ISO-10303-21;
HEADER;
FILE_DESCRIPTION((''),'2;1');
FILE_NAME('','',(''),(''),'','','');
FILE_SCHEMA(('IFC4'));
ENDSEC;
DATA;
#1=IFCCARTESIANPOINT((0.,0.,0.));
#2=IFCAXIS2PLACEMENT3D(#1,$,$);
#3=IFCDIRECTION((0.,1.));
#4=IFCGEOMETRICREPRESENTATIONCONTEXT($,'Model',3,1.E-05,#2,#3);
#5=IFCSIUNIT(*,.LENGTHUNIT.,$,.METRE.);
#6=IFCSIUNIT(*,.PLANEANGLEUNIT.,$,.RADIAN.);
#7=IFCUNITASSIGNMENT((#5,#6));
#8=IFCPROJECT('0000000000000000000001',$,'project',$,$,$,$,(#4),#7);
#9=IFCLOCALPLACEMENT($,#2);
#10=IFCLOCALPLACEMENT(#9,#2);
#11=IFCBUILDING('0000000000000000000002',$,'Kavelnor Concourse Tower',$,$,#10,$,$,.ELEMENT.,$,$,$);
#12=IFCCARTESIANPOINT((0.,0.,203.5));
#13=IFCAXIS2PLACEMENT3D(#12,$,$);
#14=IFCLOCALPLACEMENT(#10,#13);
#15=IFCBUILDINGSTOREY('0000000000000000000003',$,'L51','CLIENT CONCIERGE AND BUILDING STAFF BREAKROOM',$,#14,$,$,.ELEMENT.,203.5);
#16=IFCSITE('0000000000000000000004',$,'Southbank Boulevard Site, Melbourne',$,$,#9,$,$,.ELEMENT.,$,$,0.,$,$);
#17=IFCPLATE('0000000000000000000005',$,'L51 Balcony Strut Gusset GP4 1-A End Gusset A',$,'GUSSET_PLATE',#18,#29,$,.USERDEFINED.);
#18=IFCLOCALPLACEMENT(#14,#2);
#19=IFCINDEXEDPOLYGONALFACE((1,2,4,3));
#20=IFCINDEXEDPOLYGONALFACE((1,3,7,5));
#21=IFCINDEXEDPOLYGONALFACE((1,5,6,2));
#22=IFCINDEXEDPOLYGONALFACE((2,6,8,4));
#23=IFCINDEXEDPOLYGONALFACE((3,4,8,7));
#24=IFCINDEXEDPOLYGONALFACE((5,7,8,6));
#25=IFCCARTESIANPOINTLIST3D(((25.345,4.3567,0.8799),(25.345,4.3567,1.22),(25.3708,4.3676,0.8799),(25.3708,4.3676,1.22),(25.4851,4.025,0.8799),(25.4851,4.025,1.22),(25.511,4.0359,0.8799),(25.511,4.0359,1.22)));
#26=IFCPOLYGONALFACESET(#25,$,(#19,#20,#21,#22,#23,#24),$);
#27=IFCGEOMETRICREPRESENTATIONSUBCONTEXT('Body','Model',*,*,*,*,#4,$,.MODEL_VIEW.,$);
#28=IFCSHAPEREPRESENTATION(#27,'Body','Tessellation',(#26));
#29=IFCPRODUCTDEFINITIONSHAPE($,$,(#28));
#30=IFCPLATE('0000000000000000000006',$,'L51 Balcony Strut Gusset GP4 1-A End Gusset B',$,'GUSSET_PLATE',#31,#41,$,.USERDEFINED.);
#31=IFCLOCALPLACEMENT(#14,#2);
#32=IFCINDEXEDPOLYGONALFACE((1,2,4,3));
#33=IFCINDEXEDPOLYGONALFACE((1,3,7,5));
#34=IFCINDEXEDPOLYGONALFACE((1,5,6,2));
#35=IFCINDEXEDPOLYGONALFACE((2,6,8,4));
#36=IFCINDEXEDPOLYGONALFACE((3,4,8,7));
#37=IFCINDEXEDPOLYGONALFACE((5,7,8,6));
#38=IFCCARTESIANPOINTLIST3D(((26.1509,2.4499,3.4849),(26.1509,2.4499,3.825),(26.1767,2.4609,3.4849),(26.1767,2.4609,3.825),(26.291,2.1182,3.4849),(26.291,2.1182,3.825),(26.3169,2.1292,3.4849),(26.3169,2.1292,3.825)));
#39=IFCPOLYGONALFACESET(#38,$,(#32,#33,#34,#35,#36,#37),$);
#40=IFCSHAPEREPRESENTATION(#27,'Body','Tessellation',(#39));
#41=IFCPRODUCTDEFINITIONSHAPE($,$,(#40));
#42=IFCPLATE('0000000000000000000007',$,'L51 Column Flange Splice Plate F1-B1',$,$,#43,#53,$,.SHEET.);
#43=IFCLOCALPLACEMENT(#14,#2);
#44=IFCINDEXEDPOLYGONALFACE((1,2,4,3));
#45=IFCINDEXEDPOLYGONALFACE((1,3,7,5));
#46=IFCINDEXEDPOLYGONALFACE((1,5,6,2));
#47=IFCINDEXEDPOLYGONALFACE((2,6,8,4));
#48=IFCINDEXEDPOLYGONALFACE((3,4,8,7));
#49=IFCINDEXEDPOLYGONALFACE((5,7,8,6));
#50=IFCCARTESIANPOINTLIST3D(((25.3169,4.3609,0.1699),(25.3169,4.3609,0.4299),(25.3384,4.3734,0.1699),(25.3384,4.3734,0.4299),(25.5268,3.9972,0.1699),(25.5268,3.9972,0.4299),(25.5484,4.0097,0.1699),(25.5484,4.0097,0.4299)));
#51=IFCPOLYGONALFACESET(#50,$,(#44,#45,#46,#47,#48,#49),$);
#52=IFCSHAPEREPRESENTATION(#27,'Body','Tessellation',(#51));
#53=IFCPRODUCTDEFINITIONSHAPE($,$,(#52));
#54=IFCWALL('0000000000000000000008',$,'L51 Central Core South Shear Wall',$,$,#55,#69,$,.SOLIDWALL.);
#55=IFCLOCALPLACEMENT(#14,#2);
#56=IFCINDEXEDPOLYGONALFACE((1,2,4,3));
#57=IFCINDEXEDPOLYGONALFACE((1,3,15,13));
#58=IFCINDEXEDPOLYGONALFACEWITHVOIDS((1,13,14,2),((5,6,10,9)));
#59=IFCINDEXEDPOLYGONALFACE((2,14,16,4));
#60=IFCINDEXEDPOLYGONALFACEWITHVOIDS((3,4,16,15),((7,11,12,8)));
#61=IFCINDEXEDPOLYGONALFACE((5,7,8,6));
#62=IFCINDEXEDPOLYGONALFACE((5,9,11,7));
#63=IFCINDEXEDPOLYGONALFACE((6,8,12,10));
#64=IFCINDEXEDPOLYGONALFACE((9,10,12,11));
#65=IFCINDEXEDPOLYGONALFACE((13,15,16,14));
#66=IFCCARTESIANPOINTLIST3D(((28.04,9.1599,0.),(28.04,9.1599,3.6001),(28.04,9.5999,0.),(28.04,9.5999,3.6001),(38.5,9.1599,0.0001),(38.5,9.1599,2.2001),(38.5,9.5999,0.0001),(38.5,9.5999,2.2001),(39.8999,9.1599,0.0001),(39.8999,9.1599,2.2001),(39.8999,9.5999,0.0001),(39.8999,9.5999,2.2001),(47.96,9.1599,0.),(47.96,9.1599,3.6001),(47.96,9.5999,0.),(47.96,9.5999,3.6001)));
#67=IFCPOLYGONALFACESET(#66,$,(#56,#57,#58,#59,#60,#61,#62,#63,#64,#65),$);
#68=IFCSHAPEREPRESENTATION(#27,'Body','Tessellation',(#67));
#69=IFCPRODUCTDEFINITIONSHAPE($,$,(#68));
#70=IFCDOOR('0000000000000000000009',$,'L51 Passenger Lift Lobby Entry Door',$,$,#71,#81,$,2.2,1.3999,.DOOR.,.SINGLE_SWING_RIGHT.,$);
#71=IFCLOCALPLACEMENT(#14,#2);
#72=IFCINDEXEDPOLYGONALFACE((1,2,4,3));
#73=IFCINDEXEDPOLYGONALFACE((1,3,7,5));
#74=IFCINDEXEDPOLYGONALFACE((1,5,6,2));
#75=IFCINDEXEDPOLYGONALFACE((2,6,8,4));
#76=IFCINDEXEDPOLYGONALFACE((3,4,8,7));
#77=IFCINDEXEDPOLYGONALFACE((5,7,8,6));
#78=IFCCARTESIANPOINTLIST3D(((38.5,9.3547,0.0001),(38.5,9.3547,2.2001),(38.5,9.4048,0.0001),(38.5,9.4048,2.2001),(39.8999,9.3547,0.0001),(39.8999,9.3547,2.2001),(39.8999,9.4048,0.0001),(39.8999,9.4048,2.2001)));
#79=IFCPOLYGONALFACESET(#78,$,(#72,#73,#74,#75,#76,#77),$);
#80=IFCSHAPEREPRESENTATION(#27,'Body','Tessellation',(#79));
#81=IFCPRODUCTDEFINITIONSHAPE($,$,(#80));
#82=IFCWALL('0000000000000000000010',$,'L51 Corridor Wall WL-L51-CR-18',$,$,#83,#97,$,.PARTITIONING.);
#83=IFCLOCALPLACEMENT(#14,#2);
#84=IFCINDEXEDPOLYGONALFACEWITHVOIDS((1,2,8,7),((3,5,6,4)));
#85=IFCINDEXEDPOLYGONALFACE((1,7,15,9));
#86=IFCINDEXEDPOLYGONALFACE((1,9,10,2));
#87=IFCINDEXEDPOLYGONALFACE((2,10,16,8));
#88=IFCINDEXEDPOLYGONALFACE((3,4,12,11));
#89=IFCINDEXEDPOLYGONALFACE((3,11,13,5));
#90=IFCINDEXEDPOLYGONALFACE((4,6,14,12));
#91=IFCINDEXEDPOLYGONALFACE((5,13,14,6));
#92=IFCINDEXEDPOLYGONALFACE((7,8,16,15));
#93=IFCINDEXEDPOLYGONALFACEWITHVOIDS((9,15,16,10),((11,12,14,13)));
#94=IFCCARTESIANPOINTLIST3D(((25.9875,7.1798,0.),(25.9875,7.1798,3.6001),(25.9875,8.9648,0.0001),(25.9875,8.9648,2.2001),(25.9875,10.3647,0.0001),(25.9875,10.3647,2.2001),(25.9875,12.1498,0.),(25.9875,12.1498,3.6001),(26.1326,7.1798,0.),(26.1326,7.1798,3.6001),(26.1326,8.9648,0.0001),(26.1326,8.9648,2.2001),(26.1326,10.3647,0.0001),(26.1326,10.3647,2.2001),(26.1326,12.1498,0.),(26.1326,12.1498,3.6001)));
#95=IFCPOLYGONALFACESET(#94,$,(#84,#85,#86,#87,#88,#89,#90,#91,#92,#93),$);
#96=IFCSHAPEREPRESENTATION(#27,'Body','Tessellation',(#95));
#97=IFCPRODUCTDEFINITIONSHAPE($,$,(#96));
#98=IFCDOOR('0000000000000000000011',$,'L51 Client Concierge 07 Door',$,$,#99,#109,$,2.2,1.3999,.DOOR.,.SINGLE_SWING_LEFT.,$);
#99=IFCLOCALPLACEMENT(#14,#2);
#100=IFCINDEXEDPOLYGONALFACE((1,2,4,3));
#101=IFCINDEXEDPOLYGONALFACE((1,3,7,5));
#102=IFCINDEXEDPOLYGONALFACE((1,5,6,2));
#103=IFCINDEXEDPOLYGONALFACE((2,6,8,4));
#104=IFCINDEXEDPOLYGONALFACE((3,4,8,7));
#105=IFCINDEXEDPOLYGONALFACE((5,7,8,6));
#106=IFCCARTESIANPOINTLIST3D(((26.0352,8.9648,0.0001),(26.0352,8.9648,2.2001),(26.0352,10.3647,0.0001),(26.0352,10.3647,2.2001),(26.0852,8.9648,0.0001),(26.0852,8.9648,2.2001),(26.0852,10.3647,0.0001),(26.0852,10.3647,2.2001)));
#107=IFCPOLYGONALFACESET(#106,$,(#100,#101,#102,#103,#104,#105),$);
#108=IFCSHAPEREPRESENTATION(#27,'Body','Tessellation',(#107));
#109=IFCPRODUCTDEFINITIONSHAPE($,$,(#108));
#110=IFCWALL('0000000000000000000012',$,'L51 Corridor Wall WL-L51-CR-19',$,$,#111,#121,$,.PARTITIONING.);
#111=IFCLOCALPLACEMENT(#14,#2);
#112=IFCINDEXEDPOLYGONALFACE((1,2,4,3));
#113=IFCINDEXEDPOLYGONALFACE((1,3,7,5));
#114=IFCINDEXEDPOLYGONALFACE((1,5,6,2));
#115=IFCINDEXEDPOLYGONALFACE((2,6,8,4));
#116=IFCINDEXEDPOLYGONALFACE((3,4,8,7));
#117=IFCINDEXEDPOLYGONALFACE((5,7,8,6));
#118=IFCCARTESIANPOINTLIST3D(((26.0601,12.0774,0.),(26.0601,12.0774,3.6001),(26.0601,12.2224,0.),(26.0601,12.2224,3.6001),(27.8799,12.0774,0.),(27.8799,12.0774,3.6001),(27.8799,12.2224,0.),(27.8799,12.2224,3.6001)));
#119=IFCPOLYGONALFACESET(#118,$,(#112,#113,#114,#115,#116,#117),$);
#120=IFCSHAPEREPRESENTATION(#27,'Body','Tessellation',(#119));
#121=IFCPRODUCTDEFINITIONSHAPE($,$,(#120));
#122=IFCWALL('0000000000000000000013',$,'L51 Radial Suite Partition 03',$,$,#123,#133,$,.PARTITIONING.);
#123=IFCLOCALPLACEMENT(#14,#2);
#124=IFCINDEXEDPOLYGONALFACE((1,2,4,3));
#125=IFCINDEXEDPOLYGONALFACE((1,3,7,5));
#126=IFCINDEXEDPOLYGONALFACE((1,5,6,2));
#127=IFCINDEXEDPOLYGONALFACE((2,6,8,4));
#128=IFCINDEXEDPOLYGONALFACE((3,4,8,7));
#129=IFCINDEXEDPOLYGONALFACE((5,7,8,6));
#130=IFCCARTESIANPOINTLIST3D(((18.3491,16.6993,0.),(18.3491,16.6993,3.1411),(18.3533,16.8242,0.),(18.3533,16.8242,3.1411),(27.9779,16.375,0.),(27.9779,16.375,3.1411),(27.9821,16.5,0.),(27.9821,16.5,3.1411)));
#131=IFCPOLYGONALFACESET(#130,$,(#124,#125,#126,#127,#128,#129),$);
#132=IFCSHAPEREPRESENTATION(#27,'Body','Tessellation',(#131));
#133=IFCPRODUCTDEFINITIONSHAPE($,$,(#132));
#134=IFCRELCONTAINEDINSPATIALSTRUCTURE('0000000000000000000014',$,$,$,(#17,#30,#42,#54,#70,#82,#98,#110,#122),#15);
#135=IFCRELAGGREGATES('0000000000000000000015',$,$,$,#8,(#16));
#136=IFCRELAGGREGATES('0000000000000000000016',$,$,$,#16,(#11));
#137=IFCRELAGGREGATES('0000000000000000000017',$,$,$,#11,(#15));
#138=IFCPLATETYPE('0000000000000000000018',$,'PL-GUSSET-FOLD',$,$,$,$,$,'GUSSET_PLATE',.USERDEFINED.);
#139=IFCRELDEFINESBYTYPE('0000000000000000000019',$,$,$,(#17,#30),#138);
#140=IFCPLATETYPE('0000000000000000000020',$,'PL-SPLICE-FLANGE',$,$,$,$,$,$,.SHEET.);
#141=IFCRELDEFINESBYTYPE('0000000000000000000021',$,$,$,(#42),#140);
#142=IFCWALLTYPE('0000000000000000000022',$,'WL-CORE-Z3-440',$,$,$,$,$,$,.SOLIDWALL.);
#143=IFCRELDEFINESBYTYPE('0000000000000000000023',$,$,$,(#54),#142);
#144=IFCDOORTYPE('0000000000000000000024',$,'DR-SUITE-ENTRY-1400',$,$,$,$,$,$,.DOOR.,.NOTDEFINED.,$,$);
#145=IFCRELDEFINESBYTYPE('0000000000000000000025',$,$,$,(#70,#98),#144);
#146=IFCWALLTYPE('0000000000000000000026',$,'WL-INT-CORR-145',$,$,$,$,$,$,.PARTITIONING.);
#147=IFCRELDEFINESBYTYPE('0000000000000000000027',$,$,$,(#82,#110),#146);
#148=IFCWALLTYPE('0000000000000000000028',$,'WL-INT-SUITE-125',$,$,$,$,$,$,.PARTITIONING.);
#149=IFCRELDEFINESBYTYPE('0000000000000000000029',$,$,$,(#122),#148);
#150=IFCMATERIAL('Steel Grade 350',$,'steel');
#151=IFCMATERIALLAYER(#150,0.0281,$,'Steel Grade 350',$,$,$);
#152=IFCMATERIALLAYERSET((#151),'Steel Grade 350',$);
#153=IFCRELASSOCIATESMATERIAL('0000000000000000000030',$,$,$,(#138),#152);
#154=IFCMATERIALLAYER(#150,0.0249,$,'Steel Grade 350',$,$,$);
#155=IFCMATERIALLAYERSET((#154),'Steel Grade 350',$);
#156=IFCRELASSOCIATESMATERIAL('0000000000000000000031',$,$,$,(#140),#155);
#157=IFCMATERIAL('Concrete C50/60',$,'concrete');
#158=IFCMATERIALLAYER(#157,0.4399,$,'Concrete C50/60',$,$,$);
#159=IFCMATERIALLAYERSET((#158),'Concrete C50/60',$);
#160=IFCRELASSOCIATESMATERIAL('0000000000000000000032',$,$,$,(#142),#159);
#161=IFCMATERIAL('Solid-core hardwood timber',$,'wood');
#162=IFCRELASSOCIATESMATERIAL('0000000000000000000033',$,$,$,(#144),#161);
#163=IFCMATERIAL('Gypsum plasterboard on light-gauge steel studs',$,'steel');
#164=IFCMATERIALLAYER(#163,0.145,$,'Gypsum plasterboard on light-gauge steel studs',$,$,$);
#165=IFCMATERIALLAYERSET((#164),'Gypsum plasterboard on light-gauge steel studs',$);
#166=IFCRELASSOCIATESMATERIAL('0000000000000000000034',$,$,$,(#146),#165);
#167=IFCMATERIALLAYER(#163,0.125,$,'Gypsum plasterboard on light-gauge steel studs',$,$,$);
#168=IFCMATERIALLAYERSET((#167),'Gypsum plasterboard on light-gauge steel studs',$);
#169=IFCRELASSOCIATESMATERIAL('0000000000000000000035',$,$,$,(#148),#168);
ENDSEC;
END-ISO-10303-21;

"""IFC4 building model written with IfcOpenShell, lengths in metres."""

from ifc_helpers import new_model, si_unit, direction, frame, frame_2d, origin, origin_2d, place, context, subcontext, project, spatial, rectangle, extrude, material, layer, layer_set, type_object, element, fill, save


model = new_model("IFC4")

# Units and contexts
model_context = context("Model", 3, precision=1e-05, world=origin(), true_north=direction((0.0, 1.0)))
body_context = subcontext(model_context, "Body", "Model", "MODEL_VIEW")
ifc_project = project(units=[si_unit("LENGTHUNIT", "METRE"), si_unit("PLANEANGLEUNIT", "RADIAN")], contexts=[model_context])

# Site, building, storey
site_placement = place(None, origin())
site = spatial("IfcSite", under=ifc_project, at=site_placement, Name="Southbank Boulevard Site, Melbourne", CompositionType="ELEMENT", RefElevation=0.0)
building_placement = place(site_placement, origin())
building = spatial("IfcBuilding", under=site, at=building_placement, Name="Kavelnor Concourse Tower", CompositionType="ELEMENT")
storey_placement = place(building_placement, frame((0.0, 0.0, 203.5)))
storey = spatial("IfcBuildingStorey", under=building, at=storey_placement, Name="L51", Description="CLIENT CONCIERGE AND BUILDING STAFF BREAKROOM", CompositionType="ELEMENT", Elevation=203.5)

# Shared definitions
ifc_material_1 = material(Name="Steel Grade 350", Category="steel")

# Plates
ifc_layer_1 = layer(ifc_material_1, 0.0281, Name="Steel Grade 350")
ifc_layer_set_1 = layer_set([ifc_layer_1], Name="Steel Grade 350")
plate_type_1 = type_object("IfcPlateType", Name="PL-GUSSET-FOLD", ElementType="GUSSET_PLATE", PredefinedType="USERDEFINED", material=ifc_layer_set_1)
for number, where, z_axis, x_axis, name in (
    (1, (25.428, 4.1963, 0.8799), (0.0, 0.0, 1.0), (0.389285, -0.921117, 0.0), "L51 Balcony Strut Gusset GP4 1-A End Gusset A"),
    (2, (26.2339, 2.2896, 3.4849), (0.0, 0.0, 1.0), (0.389285, -0.921117, 0.0), "L51 Balcony Strut Gusset GP4 1-A End Gusset B"),
):
    element("IfcPlate", number, at=place(storey_placement, frame(where, z_axis=z_axis, x_axis=x_axis)), inside=storey, type_object=plate_type_1, Name=name, ObjectType="GUSSET_PLATE", PredefinedType="USERDEFINED", context=body_context, shape_type="SweptSolid", body=[
        extrude(rectangle(XDim=0.3601, YDim=0.0281, at=origin_2d()), origin(), (0.0, 0.0, 1.0), 0.3401),
    ])
ifc_layer_2 = layer(ifc_material_1, 0.0249, Name="Steel Grade 350")
ifc_layer_set_2 = layer_set([ifc_layer_2], Name="Steel Grade 350")
plate_type_2 = type_object("IfcPlateType", Name="PL-SPLICE-FLANGE", PredefinedType="SHEET", material=ifc_layer_set_2)
plate_placement = place(storey_placement, frame((25.4326, 4.1853, 0.1699), z_axis=(0.0, 0.0, 1.0), x_axis=(-0.5, 0.866025, 0.0)))
element("IfcPlate", 3, at=plate_placement, inside=storey, type_object=plate_type_2, Name="L51 Column Flange Splice Plate F1-B1", PredefinedType="SHEET", context=body_context, shape_type="SweptSolid", body=[
    extrude(rectangle(XDim=0.4199, YDim=0.0249, at=origin_2d()), origin(), (0.0, 0.0, 1.0), 0.26),
])

# Walls, openings, doors
ifc_material_2 = material(Name="Concrete C50/60", Category="concrete")
ifc_layer_3 = layer(ifc_material_2, 0.4399, Name="Concrete C50/60")
ifc_layer_set_3 = layer_set([ifc_layer_3], Name="Concrete C50/60")
wall_type_1 = type_object("IfcWallType", Name="WL-CORE-Z3-440", PredefinedType="SOLIDWALL", material=ifc_layer_set_3)
wall_1_placement = place(storey_placement, frame((28.04, 9.3799, 0.0), z_axis=(0.0, 0.0, 1.0), x_axis=(1.0, 0.0, 0.0)))
wall_1 = element("IfcWall", 4, at=wall_1_placement, inside=storey, type_object=wall_type_1, Name="L51 Central Core South Shear Wall", PredefinedType="SOLIDWALL", context=body_context, shape_type="SweptSolid", body=[
    extrude(rectangle(XDim=19.9199, YDim=0.4399, at=frame_2d((9.96, 0.0))), origin(), (0.0, 0.0, 1.0), 3.6001),
])
opening_1_placement = place(wall_1_placement, frame((10.46, 0.0, 0.0)))
opening_1 = element("IfcOpeningElement", 5, at=opening_1_placement, cuts=wall_1, PredefinedType="OPENING", context=body_context, shape_type="SweptSolid", body=[
    extrude(rectangle(XDim=1.3999, YDim=2.2, at=frame_2d((0.7, 1.1001))), frame((0.0, 0.23, 0.0), z_axis=(0.0, -1.0, 0.0), x_axis=(1.0, 0.0, 0.0)), (0.0, 0.0, 1.0), 0.46),
])
ifc_material_3 = material(Name="Solid-core hardwood timber", Category="wood")
door_type = type_object("IfcDoorType", Name="DR-SUITE-ENTRY-1400", OperationType="NOTDEFINED", PredefinedType="DOOR", material=ifc_material_3)
door_1_placement = place(opening_1_placement, origin())
door_1 = element("IfcDoor", 6, at=door_1_placement, inside=storey, type_object=door_type, Name="L51 Passenger Lift Lobby Entry Door", OperationType="SINGLE_SWING_RIGHT", OverallHeight=2.2, OverallWidth=1.3999, PredefinedType="DOOR", context=body_context, shape_type="SweptSolid", body=[
    extrude(rectangle(XDim=1.3999, YDim=2.2, at=frame_2d((0.7, 1.1001))), frame((0.0, 0.0249, 0.0), z_axis=(0.0, -1.0, 0.0), x_axis=(1.0, 0.0, 0.0)), (0.0, 0.0, 1.0), 0.05),
])
fill(opening_1, door_1)
ifc_material_4 = material(Name="Gypsum plasterboard on light-gauge steel studs", Category="steel")
ifc_layer_4 = layer(ifc_material_4, 0.145, Name="Gypsum plasterboard on light-gauge steel studs")
ifc_layer_set_4 = layer_set([ifc_layer_4], Name="Gypsum plasterboard on light-gauge steel studs")
wall_type_2 = type_object("IfcWallType", Name="WL-INT-CORR-145", PredefinedType="PARTITIONING", material=ifc_layer_set_4)
wall_2_placement = place(storey_placement, frame((26.0601, 7.1799, 0.0), z_axis=(0.0, 0.0, 1.0), x_axis=(0.0, 1.0, 0.0)))
wall_2 = element("IfcWall", 7, at=wall_2_placement, inside=storey, type_object=wall_type_2, Name="L51 Corridor Wall WL-L51-CR-18", PredefinedType="PARTITIONING", context=body_context, shape_type="SweptSolid", body=[
    extrude(rectangle(XDim=4.97, YDim=0.145, at=frame_2d((2.4849, 0.0))), origin(), (0.0, 0.0, 1.0), 3.6001),
])
opening_2_placement = place(wall_2_placement, frame((1.7849, 0.0, 0.0)))
opening_2 = element("IfcOpeningElement", 8, at=opening_2_placement, cuts=wall_2, PredefinedType="OPENING", context=body_context, shape_type="SweptSolid", body=[
    extrude(rectangle(XDim=1.3999, YDim=2.2, at=frame_2d((0.7, 1.1001))), frame((0.0, 0.0825, 0.0), z_axis=(0.0, -1.0, 0.0), x_axis=(1.0, 0.0, 0.0)), (0.0, 0.0, 1.0), 0.165),
])
door_2_placement = place(opening_2_placement, origin())
door_2 = element("IfcDoor", 9, at=door_2_placement, inside=storey, type_object=door_type, Name="L51 Client Concierge 07 Door", OperationType="SINGLE_SWING_LEFT", OverallHeight=2.2, OverallWidth=1.3999, PredefinedType="DOOR", context=body_context, shape_type="SweptSolid", body=[
    extrude(rectangle(XDim=1.3999, YDim=2.2, at=frame_2d((0.7, 1.1001))), frame((0.0, 0.0249, 0.0), z_axis=(0.0, -1.0, 0.0), x_axis=(1.0, 0.0, 0.0)), (0.0, 0.0, 1.0), 0.05),
])
fill(opening_2, door_2)

# Walls
wall_3_placement = place(storey_placement, frame((26.0601, 12.1499, 0.0), z_axis=(0.0, 0.0, 1.0), x_axis=(1.0, 0.0, 0.0)))
element("IfcWall", 10, at=wall_3_placement, inside=storey, type_object=wall_type_2, Name="L51 Corridor Wall WL-L51-CR-19", PredefinedType="PARTITIONING", context=body_context, shape_type="SweptSolid", body=[
    extrude(rectangle(XDim=1.8198, YDim=0.145, at=frame_2d((0.9099, 0.0))), origin(), (0.0, 0.0, 1.0), 3.6001),
])
ifc_layer_5 = layer(ifc_material_4, 0.125, Name="Gypsum plasterboard on light-gauge steel studs")
ifc_layer_set_5 = layer_set([ifc_layer_5], Name="Gypsum plasterboard on light-gauge steel studs")
wall_type_3 = type_object("IfcWallType", Name="WL-INT-SUITE-125", PredefinedType="PARTITIONING", material=ifc_layer_set_5)
wall_4_placement = place(storey_placement, frame((27.98, 16.4375, 0.0), z_axis=(0.0, 0.0, 1.0), x_axis=(-0.999434, 0.033652, 0.0)))
element("IfcWall", 11, at=wall_4_placement, inside=storey, type_object=wall_type_3, Name="L51 Radial Suite Partition 03", PredefinedType="PARTITIONING", context=body_context, shape_type="SweptSolid", body=[
    extrude(rectangle(XDim=9.6343, YDim=0.125, at=frame_2d((4.8171, 0.0))), origin(), (0.0, 0.0, 1.0), 3.1411),
])

save(model, "model.ifc")
